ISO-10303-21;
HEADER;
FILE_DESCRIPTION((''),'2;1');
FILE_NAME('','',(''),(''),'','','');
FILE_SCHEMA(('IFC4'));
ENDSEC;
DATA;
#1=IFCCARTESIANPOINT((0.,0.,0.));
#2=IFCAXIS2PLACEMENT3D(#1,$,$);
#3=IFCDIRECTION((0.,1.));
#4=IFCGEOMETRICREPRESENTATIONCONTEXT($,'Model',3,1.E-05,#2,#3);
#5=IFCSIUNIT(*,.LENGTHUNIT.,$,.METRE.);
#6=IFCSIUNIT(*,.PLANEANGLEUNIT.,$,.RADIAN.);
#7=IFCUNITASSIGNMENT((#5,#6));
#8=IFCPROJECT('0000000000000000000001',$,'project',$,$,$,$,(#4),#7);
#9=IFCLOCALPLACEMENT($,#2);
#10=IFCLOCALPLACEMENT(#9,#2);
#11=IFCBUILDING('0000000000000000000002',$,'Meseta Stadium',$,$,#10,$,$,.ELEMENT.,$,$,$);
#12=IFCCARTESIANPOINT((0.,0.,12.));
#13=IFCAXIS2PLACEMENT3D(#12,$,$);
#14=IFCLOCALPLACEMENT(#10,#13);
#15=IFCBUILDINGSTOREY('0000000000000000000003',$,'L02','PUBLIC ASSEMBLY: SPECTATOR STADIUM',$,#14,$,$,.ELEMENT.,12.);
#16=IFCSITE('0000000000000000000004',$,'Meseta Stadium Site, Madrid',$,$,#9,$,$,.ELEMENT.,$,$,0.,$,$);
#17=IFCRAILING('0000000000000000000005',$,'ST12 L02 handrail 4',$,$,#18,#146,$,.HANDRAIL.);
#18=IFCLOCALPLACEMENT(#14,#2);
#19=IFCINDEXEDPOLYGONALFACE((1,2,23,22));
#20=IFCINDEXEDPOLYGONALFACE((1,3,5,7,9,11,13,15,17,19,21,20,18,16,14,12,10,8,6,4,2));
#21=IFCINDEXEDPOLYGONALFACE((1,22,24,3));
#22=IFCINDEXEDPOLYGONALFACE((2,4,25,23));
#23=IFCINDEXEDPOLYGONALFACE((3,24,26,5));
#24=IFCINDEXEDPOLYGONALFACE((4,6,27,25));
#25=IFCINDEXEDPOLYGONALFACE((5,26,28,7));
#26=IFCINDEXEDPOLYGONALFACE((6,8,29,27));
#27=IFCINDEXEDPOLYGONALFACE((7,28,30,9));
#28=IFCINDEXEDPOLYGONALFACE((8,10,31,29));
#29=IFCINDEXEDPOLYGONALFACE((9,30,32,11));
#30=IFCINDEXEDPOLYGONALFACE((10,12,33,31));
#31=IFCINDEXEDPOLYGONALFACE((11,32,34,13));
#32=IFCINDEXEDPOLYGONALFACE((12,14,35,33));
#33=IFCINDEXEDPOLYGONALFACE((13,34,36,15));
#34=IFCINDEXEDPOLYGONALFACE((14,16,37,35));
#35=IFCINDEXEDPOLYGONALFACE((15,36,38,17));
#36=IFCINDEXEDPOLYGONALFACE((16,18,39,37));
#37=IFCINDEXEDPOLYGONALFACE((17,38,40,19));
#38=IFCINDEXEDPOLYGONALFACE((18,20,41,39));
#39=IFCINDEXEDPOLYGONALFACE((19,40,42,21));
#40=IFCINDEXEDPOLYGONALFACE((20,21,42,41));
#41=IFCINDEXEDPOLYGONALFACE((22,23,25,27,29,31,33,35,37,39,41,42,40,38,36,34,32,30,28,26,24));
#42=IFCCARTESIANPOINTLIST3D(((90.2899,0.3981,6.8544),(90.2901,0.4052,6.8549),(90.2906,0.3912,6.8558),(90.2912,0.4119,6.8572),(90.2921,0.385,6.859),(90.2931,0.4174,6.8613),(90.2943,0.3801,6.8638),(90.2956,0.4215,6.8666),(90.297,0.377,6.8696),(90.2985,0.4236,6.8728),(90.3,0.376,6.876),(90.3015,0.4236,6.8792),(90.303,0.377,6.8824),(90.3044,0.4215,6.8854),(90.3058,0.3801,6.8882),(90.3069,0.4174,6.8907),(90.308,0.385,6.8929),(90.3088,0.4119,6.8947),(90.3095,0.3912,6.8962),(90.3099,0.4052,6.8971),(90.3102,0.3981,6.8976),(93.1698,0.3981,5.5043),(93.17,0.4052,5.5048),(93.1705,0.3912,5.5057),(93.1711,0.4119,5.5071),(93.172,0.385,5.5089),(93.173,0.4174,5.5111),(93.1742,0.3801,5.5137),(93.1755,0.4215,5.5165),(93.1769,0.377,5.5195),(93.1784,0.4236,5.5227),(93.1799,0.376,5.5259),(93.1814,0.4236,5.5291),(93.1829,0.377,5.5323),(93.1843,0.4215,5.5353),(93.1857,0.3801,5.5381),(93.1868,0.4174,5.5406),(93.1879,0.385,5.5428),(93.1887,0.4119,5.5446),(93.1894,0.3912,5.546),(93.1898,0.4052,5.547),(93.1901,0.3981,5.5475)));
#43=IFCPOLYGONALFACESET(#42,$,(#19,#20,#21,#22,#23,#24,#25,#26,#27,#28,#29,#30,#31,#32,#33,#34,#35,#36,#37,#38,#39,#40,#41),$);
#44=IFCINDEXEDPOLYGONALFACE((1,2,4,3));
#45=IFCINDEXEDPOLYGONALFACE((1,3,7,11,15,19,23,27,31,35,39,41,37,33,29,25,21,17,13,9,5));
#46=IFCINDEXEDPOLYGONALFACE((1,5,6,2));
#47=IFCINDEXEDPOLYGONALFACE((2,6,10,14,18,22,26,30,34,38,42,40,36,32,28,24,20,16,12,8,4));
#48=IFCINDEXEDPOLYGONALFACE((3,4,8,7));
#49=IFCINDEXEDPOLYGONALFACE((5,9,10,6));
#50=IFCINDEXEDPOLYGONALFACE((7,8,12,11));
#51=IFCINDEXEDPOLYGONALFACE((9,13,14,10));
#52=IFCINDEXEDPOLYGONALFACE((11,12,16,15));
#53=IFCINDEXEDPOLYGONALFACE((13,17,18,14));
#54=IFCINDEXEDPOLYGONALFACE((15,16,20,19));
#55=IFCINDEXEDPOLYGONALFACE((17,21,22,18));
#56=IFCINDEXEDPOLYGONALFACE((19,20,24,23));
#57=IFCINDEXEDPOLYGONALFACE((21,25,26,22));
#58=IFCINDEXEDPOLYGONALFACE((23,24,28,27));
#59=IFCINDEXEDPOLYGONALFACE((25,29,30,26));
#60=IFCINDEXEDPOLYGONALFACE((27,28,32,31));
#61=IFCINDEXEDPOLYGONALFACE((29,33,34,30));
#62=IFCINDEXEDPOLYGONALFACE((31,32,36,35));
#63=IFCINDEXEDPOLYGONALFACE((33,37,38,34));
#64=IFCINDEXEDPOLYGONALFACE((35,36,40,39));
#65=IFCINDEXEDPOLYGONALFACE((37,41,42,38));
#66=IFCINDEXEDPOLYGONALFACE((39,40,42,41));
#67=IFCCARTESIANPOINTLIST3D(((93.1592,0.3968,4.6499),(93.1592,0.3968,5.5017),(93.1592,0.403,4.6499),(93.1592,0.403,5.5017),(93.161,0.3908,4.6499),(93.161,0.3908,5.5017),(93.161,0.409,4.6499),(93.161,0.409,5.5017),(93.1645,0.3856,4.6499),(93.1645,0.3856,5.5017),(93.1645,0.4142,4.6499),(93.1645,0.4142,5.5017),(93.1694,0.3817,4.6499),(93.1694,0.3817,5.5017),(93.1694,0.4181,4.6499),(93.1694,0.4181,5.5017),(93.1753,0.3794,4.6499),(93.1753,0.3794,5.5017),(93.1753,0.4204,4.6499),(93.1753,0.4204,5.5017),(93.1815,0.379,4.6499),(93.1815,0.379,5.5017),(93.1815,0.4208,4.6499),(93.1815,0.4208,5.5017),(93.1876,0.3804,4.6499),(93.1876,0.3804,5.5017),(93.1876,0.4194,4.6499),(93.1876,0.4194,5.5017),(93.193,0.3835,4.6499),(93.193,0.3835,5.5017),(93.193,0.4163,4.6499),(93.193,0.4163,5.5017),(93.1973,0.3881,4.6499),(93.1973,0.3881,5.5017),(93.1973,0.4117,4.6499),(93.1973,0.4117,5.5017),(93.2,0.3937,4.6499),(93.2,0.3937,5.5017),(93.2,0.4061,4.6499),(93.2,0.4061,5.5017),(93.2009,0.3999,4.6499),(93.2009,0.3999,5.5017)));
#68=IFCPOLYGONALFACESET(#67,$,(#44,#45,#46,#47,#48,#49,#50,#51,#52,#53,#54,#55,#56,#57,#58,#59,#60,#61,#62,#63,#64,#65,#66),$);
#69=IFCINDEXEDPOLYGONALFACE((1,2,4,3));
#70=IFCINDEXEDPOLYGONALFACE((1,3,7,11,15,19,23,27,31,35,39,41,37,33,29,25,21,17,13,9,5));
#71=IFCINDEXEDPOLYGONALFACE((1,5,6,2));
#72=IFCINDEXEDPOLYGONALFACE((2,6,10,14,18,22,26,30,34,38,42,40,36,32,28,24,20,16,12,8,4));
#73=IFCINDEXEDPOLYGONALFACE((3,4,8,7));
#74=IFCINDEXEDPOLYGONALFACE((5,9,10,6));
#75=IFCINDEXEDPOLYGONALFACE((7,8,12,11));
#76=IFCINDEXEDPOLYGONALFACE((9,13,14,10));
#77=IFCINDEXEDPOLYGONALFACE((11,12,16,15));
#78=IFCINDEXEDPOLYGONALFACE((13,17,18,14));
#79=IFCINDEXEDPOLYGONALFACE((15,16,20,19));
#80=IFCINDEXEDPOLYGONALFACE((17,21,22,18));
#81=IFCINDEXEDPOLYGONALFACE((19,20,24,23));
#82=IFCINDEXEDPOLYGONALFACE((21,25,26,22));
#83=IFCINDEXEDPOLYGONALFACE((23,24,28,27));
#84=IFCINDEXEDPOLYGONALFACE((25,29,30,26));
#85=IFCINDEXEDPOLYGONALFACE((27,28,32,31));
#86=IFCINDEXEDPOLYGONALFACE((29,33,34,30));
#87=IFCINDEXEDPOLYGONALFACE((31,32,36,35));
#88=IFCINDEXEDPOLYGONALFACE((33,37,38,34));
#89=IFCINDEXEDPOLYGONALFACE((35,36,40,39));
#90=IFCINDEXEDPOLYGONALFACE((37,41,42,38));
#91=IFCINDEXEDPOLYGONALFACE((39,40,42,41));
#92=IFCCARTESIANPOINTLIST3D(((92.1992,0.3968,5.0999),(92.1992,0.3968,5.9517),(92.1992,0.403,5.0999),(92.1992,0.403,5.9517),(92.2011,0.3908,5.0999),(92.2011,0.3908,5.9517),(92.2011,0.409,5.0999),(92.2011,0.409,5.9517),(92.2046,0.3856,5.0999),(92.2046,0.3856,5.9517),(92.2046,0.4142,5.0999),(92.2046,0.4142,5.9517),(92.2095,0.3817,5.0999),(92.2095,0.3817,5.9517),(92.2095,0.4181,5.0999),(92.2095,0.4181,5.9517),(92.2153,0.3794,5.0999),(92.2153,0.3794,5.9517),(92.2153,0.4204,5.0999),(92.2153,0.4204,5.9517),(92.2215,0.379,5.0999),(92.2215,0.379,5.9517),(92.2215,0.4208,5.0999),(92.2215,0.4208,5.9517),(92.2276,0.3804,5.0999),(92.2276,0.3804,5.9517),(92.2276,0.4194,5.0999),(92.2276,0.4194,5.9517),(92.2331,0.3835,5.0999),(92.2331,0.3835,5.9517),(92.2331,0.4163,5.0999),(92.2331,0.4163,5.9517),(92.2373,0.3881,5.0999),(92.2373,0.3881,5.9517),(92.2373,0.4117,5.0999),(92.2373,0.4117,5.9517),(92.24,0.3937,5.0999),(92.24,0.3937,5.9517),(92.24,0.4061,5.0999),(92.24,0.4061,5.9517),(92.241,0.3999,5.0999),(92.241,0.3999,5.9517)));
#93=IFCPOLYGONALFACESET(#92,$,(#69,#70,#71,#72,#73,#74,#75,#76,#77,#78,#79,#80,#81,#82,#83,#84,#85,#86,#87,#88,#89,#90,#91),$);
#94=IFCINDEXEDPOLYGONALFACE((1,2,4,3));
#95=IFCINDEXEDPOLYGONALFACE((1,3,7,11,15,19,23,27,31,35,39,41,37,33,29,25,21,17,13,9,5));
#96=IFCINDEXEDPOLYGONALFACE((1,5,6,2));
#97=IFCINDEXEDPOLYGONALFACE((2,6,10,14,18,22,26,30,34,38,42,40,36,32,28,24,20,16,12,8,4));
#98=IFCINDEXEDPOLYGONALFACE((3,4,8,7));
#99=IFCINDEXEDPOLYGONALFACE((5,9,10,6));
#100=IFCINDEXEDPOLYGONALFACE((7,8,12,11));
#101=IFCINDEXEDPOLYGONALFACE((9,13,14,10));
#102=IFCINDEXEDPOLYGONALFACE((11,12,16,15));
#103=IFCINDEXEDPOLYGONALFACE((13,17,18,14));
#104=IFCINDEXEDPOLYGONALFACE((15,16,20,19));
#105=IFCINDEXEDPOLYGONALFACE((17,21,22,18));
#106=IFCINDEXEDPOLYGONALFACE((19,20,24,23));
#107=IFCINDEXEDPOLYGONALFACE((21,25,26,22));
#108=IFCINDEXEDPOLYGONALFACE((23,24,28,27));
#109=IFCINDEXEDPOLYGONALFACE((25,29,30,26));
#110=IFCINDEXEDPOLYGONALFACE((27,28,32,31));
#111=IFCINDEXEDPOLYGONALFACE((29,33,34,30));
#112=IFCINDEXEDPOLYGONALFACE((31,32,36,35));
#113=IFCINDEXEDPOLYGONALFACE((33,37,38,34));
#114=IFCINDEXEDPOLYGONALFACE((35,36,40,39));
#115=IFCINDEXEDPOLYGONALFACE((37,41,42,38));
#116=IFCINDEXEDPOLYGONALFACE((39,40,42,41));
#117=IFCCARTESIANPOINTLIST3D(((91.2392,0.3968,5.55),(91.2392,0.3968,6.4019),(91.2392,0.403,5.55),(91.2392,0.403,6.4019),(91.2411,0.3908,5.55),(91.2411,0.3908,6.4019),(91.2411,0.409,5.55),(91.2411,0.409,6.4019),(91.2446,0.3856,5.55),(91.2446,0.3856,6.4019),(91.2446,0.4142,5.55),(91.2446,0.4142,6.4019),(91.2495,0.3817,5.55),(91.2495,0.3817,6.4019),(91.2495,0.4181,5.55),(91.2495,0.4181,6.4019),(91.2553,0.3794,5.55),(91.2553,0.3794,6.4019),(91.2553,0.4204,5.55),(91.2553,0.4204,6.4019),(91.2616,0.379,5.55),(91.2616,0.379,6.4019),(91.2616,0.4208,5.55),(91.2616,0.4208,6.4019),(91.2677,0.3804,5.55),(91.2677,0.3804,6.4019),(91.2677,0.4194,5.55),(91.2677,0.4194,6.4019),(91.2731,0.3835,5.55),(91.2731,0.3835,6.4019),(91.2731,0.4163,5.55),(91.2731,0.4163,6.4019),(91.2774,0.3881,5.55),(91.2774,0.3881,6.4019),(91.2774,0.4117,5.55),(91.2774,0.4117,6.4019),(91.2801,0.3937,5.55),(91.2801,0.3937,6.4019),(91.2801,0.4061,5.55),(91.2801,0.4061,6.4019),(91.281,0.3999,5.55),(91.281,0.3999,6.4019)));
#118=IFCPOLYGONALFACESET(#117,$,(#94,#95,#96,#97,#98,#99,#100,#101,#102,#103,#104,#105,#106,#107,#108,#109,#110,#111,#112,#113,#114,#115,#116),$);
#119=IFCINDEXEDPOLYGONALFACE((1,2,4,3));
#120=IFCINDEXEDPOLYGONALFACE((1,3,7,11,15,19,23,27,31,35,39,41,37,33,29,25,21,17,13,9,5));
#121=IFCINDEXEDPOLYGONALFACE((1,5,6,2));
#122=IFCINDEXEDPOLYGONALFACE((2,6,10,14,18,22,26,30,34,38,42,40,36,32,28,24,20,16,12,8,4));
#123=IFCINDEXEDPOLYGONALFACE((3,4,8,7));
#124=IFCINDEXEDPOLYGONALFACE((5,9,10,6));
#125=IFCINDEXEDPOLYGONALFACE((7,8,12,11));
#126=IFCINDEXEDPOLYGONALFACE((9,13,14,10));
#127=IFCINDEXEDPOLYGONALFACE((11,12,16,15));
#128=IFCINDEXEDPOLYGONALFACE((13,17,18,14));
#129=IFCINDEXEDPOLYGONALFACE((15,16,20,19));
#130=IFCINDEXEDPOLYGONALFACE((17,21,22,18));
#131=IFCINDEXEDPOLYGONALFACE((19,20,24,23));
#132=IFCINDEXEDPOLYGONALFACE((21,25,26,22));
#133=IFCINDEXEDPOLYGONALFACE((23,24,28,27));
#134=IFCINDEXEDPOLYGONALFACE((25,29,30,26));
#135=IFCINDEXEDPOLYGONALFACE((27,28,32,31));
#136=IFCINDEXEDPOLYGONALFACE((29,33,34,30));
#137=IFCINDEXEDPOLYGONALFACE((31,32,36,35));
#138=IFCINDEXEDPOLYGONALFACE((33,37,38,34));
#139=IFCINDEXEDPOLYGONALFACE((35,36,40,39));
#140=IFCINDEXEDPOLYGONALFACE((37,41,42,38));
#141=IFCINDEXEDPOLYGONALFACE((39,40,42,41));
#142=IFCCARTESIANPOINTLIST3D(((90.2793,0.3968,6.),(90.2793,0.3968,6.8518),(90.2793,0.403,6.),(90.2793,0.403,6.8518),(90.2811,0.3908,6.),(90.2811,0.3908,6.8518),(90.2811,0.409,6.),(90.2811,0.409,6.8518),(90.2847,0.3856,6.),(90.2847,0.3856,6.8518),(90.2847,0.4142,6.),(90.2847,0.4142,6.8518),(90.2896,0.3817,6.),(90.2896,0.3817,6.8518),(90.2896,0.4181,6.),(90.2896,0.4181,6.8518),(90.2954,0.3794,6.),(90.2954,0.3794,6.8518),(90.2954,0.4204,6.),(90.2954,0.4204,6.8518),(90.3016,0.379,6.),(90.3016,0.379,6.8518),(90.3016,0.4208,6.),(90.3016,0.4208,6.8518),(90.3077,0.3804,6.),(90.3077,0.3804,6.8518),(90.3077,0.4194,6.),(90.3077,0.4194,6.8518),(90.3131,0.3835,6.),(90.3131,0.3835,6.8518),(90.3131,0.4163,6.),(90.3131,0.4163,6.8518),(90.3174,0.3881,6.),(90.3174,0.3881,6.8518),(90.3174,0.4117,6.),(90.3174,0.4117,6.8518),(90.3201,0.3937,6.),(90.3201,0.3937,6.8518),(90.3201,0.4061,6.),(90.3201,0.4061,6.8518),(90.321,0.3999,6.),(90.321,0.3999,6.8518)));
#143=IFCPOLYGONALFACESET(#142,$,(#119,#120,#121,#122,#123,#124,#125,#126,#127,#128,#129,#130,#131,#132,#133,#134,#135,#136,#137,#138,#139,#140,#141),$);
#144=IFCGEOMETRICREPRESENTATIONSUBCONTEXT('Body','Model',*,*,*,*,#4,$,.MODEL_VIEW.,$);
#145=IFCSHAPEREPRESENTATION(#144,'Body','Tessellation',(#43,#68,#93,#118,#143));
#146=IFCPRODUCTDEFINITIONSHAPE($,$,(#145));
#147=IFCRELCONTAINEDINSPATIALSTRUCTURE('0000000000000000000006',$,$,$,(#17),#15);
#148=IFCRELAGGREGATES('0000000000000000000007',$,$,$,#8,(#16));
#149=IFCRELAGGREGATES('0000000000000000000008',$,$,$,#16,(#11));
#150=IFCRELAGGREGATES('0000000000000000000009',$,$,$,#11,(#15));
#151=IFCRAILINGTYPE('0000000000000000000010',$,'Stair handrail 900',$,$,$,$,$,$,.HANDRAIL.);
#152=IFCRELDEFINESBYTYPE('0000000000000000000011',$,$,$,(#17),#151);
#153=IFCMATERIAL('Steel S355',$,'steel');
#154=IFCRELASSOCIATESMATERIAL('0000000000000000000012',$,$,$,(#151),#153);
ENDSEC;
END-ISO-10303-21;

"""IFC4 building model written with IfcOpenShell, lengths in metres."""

from ifc_helpers import new_model, si_unit, direction, frame, origin, origin_2d, place, context, subcontext, project, spatial, circle, extrude, material, type_object, element, save


model = new_model("IFC4")

# Units and contexts
model_context = context("Model", 3, precision=1e-05, world=origin(), true_north=direction((0.0, 1.0)))
body_context = subcontext(model_context, "Body", "Model", "MODEL_VIEW")
ifc_project = project(units=[si_unit("LENGTHUNIT", "METRE"), si_unit("PLANEANGLEUNIT", "RADIAN")], contexts=[model_context])

# Site, building, storey
site_placement = place(None, origin())
site = spatial("IfcSite", under=ifc_project, at=site_placement, Name="Meseta Stadium Site, Madrid", CompositionType="ELEMENT", RefElevation=0.0)
building_placement = place(site_placement, origin())
building = spatial("IfcBuilding", under=site, at=building_placement, Name="Meseta Stadium", CompositionType="ELEMENT")
storey_placement = place(building_placement, frame((0.0, 0.0, 12.0)))
storey = spatial("IfcBuildingStorey", under=building, at=storey_placement, Name="L02", Description="PUBLIC ASSEMBLY: SPECTATOR STADIUM", CompositionType="ELEMENT", Elevation=12.0)

# Railing
ifc_material_1 = material(Name="Steel S355", Category="steel")
railing_type = type_object("IfcRailingType", Name="Stair handrail 900", PredefinedType="HANDRAIL", material=ifc_material_1)
for number, where, name in (
    (1, (93.1799, 0.3999, 4.6499), "ST12 L02 handrail 4"),
):
    element("IfcRailing", number, at=place(storey_placement, frame(where)), inside=storey, type_object=railing_type, Name=name, PredefinedType="HANDRAIL", context=body_context, shape_type="SweptSolid", body=[
        extrude(circle(Radius=0.0239, at=origin_2d()), frame((0.0, 0.0, 0.876), z_axis=(-0.90544, 0.0, 0.424473), x_axis=(0.0, -1.0, 0.0)), (0.0, 0.0, 1.0), 3.1807),
        extrude(circle(Radius=0.021, at=origin_2d()), origin(), (0.0, 0.0, 1.0), 0.8518),
        extrude(circle(Radius=0.021, at=origin_2d()), frame((-0.96, 0.0, 0.45)), (0.0, 0.0, 1.0), 0.8518),
        extrude(circle(Radius=0.021, at=origin_2d()), frame((-1.9199, 0.0, 0.9001)), (0.0, 0.0, 1.0), 0.8518),
        extrude(circle(Radius=0.021, at=origin_2d()), frame((-2.8799, 0.0, 1.3501)), (0.0, 0.0, 1.0), 0.8518),
    ])

save(model, "model.ifc")
